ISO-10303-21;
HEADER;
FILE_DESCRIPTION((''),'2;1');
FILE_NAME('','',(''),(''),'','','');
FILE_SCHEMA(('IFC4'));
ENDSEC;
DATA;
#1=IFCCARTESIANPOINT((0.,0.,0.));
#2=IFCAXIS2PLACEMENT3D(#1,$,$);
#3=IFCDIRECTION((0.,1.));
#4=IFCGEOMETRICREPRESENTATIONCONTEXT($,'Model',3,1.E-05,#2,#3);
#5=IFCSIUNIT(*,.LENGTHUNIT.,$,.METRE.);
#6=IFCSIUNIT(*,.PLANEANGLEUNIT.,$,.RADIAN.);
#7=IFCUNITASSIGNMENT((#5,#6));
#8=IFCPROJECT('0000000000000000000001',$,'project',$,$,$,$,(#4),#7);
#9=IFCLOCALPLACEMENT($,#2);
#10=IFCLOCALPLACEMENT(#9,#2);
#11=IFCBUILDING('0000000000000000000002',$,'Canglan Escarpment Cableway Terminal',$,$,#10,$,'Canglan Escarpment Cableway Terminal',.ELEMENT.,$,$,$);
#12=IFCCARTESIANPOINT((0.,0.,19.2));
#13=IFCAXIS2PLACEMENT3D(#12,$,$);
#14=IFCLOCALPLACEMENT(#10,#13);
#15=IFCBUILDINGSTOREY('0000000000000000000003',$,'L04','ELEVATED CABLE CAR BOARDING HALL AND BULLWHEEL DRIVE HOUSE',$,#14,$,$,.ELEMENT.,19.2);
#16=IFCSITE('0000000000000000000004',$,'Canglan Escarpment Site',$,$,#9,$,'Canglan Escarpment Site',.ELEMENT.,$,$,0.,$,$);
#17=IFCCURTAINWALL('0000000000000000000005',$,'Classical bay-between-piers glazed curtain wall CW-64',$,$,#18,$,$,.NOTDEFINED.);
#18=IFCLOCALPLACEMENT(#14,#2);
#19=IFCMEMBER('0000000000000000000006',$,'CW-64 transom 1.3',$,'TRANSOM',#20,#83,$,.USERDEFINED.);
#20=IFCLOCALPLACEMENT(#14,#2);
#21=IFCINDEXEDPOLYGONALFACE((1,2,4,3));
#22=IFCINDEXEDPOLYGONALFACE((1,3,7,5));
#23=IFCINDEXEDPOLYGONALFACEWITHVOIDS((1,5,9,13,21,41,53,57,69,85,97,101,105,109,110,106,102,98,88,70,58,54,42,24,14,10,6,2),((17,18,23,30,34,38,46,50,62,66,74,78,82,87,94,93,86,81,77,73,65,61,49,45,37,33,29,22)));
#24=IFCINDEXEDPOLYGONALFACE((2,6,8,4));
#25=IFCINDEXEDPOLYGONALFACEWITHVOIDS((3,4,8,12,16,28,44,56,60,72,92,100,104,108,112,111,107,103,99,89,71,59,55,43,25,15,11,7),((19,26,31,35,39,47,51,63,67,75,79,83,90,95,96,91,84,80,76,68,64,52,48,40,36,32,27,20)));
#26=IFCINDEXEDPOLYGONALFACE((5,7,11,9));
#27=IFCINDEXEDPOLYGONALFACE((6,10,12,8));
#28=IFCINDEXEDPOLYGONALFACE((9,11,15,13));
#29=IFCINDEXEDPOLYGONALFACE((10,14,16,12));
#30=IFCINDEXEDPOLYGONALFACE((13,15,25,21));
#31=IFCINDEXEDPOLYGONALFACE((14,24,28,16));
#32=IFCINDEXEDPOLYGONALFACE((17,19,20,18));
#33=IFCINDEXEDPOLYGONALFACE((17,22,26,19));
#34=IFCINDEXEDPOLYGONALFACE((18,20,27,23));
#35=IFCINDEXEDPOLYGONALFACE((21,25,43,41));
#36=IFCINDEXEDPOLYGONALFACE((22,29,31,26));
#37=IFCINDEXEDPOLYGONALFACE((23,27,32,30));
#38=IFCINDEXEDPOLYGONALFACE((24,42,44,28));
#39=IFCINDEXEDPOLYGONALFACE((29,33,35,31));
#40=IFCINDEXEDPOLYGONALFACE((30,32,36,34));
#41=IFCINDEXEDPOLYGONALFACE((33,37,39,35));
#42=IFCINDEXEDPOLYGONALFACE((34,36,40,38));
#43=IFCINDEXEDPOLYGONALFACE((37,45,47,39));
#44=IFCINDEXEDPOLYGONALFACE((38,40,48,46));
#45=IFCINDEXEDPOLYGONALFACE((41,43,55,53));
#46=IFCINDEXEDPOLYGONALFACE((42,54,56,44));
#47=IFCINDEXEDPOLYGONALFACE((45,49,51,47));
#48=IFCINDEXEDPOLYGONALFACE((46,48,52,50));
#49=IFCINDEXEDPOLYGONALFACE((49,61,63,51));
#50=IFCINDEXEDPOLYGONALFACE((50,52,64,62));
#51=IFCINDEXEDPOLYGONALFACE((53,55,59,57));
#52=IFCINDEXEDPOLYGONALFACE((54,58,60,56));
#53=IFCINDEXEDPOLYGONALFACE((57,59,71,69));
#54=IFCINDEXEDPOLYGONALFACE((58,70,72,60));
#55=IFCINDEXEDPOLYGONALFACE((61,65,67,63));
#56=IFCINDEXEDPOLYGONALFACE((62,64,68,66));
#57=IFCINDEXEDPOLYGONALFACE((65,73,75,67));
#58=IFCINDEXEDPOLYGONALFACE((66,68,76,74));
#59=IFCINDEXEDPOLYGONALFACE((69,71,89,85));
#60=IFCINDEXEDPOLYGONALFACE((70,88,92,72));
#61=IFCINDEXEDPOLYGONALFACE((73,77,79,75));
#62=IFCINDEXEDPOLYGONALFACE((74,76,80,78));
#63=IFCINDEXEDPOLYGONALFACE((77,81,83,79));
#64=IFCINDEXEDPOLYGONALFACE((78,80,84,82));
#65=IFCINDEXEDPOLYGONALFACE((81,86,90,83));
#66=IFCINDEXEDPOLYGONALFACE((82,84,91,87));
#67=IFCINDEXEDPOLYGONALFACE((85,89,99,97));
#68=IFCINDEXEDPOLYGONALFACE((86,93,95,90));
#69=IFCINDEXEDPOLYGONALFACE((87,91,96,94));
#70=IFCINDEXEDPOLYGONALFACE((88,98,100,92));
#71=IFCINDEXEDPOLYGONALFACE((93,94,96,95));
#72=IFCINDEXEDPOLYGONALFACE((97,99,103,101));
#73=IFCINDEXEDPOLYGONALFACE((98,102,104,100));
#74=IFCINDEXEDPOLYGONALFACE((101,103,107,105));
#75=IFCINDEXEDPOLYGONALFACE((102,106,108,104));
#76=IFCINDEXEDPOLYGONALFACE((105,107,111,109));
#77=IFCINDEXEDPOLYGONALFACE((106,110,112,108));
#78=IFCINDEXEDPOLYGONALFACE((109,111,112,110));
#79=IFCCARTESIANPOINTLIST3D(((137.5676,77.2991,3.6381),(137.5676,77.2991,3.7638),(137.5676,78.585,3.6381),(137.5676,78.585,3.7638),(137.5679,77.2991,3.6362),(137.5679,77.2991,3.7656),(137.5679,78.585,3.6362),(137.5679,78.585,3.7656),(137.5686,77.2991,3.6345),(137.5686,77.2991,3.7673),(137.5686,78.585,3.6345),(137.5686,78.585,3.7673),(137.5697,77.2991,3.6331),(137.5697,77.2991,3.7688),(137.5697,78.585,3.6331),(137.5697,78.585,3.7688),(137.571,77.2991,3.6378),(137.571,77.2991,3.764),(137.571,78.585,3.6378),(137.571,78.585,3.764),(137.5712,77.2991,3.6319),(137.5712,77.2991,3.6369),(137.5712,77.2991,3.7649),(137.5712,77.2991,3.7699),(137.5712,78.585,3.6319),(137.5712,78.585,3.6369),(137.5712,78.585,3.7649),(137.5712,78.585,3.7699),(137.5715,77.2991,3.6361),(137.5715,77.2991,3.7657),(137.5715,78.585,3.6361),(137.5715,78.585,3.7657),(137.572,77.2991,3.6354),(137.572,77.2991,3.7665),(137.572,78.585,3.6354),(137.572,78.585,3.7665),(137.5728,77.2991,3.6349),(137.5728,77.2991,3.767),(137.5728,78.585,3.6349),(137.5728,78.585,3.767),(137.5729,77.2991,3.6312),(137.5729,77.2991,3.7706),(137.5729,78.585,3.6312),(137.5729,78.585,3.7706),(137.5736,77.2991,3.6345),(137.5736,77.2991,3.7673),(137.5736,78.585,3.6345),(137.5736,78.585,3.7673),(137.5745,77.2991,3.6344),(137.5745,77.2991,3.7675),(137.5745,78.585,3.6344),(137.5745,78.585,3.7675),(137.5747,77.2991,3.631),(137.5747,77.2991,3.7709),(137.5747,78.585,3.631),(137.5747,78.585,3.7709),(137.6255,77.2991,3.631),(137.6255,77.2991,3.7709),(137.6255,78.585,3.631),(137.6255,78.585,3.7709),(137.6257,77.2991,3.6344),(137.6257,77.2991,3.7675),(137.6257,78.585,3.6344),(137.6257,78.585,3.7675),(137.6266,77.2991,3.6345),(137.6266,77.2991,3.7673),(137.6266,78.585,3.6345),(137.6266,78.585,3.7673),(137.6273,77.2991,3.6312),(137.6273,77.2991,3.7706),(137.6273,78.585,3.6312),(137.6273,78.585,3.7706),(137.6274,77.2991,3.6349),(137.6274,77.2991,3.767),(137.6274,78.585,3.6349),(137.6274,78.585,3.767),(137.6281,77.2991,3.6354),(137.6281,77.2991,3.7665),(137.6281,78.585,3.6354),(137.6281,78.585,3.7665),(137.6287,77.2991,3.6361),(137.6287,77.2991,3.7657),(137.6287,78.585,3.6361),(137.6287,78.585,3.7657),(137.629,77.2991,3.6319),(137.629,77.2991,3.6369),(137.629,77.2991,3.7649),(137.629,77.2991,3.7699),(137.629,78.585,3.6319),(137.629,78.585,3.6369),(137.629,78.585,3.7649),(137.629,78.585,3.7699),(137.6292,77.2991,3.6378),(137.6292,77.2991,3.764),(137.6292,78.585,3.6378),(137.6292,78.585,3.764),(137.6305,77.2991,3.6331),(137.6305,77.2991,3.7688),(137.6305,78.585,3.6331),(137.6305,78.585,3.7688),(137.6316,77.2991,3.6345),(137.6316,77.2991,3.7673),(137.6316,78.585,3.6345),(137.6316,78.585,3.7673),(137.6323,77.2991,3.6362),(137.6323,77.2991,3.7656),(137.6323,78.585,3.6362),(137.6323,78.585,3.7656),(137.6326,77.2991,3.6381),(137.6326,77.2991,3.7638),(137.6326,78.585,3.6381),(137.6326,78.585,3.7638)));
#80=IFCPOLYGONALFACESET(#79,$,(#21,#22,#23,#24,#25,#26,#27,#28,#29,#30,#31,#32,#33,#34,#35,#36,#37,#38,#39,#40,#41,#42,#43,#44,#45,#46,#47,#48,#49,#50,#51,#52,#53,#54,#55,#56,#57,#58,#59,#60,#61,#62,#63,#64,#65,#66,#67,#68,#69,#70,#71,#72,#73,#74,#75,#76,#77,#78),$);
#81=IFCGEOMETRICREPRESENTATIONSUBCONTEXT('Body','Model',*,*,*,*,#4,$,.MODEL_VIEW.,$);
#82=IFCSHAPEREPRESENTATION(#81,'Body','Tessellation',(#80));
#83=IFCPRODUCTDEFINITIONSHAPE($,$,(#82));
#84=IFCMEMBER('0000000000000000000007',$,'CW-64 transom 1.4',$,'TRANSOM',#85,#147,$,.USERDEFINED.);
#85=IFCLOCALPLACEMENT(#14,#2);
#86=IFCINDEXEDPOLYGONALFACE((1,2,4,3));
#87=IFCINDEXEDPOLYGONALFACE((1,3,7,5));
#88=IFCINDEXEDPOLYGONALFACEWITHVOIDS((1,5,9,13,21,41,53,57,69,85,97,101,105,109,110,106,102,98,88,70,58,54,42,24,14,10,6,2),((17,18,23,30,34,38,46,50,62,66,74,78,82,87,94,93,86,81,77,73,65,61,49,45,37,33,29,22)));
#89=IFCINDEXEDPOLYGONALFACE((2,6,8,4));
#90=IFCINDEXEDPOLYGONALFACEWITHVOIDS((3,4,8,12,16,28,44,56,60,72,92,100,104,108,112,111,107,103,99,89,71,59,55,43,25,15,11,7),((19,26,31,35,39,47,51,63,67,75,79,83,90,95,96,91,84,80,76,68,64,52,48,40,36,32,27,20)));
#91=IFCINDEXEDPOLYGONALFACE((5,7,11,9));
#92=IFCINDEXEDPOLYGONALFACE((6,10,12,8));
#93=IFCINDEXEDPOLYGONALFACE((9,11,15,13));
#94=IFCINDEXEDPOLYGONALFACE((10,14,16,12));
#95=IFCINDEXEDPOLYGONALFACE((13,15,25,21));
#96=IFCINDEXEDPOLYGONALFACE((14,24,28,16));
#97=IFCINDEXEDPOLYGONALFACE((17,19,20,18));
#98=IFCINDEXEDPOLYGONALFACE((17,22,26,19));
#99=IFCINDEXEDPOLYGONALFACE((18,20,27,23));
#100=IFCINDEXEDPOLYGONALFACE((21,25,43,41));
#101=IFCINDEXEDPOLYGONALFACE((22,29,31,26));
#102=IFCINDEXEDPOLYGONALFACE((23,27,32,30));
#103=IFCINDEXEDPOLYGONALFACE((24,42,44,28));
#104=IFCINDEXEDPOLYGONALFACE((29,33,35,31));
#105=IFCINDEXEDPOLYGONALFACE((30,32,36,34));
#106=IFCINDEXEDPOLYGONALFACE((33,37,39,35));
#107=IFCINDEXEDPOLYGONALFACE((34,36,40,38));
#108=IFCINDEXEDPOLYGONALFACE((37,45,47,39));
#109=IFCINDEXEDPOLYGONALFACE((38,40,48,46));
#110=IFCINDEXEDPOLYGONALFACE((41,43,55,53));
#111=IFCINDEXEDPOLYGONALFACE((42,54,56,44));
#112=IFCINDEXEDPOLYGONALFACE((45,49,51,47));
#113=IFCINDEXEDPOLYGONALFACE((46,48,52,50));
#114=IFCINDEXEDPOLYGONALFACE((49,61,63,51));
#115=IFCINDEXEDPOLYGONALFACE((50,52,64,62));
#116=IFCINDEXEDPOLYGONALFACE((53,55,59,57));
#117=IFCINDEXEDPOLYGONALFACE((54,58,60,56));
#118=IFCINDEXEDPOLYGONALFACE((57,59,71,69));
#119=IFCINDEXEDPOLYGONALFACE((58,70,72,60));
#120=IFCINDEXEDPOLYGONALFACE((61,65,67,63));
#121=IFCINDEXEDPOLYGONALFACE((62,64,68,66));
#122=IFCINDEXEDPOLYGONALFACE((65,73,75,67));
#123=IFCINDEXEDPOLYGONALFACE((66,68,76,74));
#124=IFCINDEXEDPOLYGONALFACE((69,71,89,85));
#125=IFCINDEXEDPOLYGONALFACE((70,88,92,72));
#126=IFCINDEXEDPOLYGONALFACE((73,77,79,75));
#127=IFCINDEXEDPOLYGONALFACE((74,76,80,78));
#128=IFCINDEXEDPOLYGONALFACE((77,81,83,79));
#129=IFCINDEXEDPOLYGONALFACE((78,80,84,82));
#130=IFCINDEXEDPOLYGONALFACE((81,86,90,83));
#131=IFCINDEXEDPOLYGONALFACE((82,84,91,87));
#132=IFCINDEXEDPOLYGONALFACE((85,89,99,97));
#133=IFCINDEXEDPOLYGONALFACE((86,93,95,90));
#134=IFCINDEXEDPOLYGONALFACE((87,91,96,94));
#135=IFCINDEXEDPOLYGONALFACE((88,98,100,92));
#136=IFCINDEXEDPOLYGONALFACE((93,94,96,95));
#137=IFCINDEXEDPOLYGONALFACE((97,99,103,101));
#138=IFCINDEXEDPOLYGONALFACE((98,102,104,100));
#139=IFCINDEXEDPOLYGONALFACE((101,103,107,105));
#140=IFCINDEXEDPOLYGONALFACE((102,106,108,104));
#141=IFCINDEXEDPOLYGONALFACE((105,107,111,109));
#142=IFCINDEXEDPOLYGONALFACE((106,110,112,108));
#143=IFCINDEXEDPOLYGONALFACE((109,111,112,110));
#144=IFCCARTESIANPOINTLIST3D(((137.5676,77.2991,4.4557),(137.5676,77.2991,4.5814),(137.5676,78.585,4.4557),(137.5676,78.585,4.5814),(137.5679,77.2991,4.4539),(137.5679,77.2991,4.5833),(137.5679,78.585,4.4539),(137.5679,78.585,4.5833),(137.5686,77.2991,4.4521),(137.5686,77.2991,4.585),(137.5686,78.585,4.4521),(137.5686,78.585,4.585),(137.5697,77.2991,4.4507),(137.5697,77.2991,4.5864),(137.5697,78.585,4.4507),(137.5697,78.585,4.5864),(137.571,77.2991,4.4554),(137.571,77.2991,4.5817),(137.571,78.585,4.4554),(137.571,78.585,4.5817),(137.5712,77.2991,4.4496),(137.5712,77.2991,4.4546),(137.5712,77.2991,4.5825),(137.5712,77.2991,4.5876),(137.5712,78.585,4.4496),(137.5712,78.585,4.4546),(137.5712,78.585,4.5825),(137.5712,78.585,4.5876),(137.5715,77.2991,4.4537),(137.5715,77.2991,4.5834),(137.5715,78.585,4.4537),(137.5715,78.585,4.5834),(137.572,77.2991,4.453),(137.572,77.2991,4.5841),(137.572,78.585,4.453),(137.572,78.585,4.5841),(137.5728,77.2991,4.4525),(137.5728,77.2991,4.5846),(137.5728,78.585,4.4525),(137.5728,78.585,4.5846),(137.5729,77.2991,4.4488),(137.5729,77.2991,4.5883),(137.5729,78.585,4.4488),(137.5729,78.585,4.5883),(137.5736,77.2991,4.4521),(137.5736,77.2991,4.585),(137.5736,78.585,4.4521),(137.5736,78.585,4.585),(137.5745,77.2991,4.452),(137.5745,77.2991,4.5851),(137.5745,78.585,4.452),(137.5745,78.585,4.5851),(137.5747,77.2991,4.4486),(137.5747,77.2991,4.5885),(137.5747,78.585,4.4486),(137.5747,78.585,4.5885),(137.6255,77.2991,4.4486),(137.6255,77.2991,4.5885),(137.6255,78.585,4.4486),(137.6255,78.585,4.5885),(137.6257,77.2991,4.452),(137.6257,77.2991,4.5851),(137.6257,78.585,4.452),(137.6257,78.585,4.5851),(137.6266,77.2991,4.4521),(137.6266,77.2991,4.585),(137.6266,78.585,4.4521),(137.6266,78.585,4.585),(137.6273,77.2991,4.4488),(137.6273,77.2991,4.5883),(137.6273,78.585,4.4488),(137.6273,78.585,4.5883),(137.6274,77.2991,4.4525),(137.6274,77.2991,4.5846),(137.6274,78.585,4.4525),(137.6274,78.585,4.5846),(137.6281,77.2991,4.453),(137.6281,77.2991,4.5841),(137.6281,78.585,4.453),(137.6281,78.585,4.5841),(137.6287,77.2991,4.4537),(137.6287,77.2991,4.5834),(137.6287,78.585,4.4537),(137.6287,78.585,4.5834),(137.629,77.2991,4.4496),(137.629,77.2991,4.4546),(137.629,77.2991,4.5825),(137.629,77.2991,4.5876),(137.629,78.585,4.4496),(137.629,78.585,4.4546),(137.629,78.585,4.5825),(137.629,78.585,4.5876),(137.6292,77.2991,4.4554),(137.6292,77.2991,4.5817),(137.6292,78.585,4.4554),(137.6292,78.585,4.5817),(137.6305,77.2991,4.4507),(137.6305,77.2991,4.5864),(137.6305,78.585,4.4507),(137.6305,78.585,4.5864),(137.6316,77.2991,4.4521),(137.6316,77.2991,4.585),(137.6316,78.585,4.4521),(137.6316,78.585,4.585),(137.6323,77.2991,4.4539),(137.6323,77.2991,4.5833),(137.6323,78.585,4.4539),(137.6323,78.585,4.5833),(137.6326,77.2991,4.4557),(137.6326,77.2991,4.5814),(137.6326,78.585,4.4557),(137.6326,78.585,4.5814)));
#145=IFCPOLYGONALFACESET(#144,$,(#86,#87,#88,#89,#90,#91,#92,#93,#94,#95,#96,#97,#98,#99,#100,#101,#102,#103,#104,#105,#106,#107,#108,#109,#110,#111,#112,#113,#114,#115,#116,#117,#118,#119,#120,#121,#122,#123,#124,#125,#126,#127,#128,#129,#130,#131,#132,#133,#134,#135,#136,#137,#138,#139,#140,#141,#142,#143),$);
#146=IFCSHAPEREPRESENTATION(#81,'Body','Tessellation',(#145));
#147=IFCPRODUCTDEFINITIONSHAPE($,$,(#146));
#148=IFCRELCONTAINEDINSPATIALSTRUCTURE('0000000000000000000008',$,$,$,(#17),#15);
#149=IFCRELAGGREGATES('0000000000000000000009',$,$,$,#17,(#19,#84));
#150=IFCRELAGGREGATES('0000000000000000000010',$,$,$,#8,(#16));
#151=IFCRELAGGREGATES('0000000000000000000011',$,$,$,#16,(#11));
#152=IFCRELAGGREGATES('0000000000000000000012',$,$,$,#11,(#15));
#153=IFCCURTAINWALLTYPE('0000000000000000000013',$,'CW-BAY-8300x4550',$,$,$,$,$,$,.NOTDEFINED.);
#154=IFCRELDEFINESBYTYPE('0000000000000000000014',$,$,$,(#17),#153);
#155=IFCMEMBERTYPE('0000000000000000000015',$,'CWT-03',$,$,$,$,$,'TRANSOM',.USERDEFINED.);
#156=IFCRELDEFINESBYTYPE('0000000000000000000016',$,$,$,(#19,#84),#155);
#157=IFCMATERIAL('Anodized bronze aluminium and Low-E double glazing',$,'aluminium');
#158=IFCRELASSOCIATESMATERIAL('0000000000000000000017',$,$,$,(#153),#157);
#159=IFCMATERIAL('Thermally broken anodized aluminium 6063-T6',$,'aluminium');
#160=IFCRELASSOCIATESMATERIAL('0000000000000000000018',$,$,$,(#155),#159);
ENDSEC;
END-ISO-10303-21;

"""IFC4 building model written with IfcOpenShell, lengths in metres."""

from ifc_helpers import new_model, si_unit, direction, frame, origin, origin_2d, place, context, subcontext, project, spatial, hollow_rectangle, extrude, material, material_profile, profile_set, type_object, element, aggregate, save


model = new_model("IFC4")

# Units and contexts
model_context = context("Model", 3, precision=1e-05, world=origin(), true_north=direction((0.0, 1.0)))
body_context = subcontext(model_context, "Body", "Model", "MODEL_VIEW")
ifc_project = project(units=[si_unit("LENGTHUNIT", "METRE"), si_unit("PLANEANGLEUNIT", "RADIAN")], contexts=[model_context])

# Site, building, storey
site_placement = place(None, origin())
site = spatial("IfcSite", under=ifc_project, at=site_placement, Name="Canglan Escarpment Site", LongName="Canglan Escarpment Site", CompositionType="ELEMENT", RefElevation=0.0)
building_placement = place(site_placement, origin())
building = spatial("IfcBuilding", under=site, at=building_placement, Name="Canglan Escarpment Cableway Terminal", LongName="Canglan Escarpment Cableway Terminal", CompositionType="ELEMENT")
storey_placement = place(building_placement, frame((0.0, 0.0, 19.2)))
storey = spatial("IfcBuildingStorey", under=building, at=storey_placement, Name="L04", Description="ELEVATED CABLE CAR BOARDING HALL AND BULLWHEEL DRIVE HOUSE", CompositionType="ELEMENT", Elevation=19.2)

# Curtain wall
ifc_material_1 = material(Name="Anodized bronze aluminium and Low-E double glazing", Category="aluminium")
curtain_wall_type = type_object("IfcCurtainWallType", Name="CW-BAY-8300x4550", PredefinedType="NOTDEFINED", material=ifc_material_1)
ifc_material_2 = material(Name="Thermally broken anodized aluminium 6063-T6", Category="aluminium")
curtain_wall_1_placement = place(storey_placement, origin())
curtain_wall_1 = element("IfcCurtainWall", 1, at=curtain_wall_1_placement, inside=storey, type_object=curtain_wall_type, Name="Classical bay-between-piers glazed curtain wall CW-64", PredefinedType="NOTDEFINED")

# Members
ifc_material_profile_1 = material_profile(ifc_material_2, hollow_rectangle(XDim=0.0649, YDim=0.1399, WallThickness=0.0034, InnerFilletRadius=0.0034, OuterFilletRadius=0.0071, at=origin_2d()), Name="ALU-TRAN 65x140x3.5")
ifc_profile_set_1 = profile_set([ifc_material_profile_1], Name="Thermally broken anodized aluminium 6063-T6")
member_type_1 = type_object("IfcMemberType", Name="CWT-03", ElementType="TRANSOM", PredefinedType="USERDEFINED", material=ifc_profile_set_1)
member_1_placement = place(storey_placement, frame((137.6001, 78.585, 3.7009), z_axis=(0.0, -1.0, 0.0), x_axis=(1.0, 0.0, 0.0)))
member_1 = element("IfcMember", 2, at=member_1_placement, type_object=member_type_1, Name="CW-64 transom 1.3", ObjectType="TRANSOM", PredefinedType="USERDEFINED", context=body_context, shape_type="SweptSolid", body=[
    extrude(hollow_rectangle(XDim=0.0649, YDim=0.1399, WallThickness=0.0034, InnerFilletRadius=0.0034, OuterFilletRadius=0.0071, at=origin_2d()), origin(), (0.0, 0.0, 1.0), 1.2859),
])
member_2_placement = place(storey_placement, frame((137.6001, 78.585, 4.5186), z_axis=(0.0, -1.0, 0.0), x_axis=(1.0, 0.0, 0.0)))
member_2 = element("IfcMember", 3, at=member_2_placement, type_object=member_type_1, Name="CW-64 transom 1.4", ObjectType="TRANSOM", PredefinedType="USERDEFINED", context=body_context, shape_type="SweptSolid", body=[
    extrude(hollow_rectangle(XDim=0.0649, YDim=0.1399, WallThickness=0.0034, InnerFilletRadius=0.0034, OuterFilletRadius=0.0071, at=origin_2d()), origin(), (0.0, 0.0, 1.0), 1.2859),
])

aggregate(curtain_wall_1, [member_1, member_2])

save(model, "model.ifc")
